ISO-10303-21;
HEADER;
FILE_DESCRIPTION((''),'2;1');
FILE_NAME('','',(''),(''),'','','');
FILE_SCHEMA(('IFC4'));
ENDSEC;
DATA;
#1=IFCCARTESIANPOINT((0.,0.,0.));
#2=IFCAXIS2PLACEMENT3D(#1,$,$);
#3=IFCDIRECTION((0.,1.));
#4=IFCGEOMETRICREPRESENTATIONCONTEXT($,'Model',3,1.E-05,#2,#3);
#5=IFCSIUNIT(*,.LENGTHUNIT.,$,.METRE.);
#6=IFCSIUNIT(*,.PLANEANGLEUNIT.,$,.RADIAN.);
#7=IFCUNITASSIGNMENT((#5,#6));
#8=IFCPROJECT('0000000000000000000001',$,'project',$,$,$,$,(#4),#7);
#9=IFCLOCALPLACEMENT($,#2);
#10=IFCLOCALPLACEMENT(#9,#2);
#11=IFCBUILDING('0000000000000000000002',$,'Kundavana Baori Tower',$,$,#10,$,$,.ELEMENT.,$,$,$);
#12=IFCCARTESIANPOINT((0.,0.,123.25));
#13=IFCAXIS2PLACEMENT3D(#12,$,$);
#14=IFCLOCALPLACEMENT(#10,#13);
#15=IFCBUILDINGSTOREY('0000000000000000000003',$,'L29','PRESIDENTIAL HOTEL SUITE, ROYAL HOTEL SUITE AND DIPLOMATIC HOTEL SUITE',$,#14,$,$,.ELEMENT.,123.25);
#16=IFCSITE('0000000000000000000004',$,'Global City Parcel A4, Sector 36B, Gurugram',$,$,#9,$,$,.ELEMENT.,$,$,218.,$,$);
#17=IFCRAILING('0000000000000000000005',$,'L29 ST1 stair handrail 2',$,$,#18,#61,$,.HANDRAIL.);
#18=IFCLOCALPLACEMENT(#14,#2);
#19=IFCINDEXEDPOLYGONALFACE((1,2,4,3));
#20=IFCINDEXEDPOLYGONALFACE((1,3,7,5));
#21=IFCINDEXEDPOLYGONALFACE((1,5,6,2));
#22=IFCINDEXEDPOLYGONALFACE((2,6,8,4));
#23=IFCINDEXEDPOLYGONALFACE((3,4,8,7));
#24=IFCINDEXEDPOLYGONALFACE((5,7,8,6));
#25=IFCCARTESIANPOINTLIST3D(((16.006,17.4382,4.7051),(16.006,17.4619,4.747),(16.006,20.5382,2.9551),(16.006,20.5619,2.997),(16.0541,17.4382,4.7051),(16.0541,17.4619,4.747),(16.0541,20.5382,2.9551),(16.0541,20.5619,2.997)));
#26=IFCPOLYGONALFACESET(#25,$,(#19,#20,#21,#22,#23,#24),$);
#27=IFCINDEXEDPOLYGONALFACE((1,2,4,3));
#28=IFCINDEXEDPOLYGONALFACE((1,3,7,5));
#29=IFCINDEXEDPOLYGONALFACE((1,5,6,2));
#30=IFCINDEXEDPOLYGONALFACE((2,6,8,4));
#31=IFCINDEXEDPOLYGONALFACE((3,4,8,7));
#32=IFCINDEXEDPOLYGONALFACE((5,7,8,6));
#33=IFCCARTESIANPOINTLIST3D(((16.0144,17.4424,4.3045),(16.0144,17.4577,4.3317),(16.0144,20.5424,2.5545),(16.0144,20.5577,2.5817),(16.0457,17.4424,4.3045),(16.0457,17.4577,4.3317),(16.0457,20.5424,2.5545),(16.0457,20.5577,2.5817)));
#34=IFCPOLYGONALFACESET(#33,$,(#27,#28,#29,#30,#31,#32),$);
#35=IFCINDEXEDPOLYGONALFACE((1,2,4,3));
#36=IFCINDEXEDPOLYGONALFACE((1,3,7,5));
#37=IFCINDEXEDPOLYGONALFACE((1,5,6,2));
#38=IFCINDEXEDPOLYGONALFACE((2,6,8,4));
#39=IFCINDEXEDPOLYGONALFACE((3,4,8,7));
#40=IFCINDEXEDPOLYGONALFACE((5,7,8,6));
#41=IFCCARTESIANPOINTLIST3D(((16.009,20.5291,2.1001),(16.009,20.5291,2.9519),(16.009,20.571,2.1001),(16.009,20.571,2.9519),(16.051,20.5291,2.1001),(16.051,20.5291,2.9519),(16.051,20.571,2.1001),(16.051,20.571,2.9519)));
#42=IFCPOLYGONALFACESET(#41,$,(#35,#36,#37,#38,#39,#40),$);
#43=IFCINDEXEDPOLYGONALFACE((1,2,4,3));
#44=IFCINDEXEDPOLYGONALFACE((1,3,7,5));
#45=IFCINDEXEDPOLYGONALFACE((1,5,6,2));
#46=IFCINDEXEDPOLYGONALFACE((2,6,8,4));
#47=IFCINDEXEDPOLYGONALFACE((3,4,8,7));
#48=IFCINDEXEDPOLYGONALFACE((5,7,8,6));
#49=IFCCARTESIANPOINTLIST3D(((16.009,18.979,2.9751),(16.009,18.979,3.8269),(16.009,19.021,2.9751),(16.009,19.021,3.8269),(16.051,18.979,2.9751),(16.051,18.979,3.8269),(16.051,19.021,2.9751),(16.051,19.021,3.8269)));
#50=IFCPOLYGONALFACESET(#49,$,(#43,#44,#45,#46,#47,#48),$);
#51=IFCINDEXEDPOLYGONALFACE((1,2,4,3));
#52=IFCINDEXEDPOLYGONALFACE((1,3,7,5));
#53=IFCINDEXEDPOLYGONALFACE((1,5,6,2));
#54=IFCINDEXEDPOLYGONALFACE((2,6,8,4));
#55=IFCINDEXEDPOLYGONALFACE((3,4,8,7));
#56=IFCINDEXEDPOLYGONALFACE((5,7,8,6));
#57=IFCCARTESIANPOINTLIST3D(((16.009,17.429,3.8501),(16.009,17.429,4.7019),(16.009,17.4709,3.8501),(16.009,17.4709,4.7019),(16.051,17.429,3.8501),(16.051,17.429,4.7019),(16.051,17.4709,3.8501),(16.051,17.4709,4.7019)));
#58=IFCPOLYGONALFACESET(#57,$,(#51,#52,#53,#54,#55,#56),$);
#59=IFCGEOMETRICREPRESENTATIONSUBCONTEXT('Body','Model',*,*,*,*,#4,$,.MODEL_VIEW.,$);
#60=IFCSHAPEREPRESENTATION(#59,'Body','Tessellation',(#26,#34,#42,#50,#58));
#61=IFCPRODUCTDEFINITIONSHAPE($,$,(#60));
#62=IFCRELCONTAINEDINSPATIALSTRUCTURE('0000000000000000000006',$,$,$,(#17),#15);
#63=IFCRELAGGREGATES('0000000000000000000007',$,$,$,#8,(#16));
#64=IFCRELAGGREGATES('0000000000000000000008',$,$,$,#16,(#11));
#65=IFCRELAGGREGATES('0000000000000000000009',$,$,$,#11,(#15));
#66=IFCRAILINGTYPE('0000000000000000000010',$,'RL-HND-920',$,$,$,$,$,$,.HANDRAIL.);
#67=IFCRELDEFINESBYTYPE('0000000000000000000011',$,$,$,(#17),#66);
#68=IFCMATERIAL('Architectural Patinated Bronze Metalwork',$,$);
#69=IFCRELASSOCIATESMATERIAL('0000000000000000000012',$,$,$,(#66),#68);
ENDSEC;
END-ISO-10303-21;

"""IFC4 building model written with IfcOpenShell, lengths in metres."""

from ifc_helpers import new_model, si_unit, direction, frame, origin, origin_2d, place, context, subcontext, project, spatial, rectangle, extrude, material, type_object, element, save


model = new_model("IFC4")

# Units and contexts
model_context = context("Model", 3, precision=1e-05, world=origin(), true_north=direction((0.0, 1.0)))
body_context = subcontext(model_context, "Body", "Model", "MODEL_VIEW")
ifc_project = project(units=[si_unit("LENGTHUNIT", "METRE"), si_unit("PLANEANGLEUNIT", "RADIAN")], contexts=[model_context])

# Site, building, storey
site_placement = place(None, origin())
site = spatial("IfcSite", under=ifc_project, at=site_placement, Name="Global City Parcel A4, Sector 36B, Gurugram", CompositionType="ELEMENT", RefElevation=218.0)
building_placement = place(site_placement, origin())
building = spatial("IfcBuilding", under=site, at=building_placement, Name="Kundavana Baori Tower", CompositionType="ELEMENT")
storey_placement = place(building_placement, frame((0.0, 0.0, 123.25)))
storey = spatial("IfcBuildingStorey", under=building, at=storey_placement, Name="L29", Description="PRESIDENTIAL HOTEL SUITE, ROYAL HOTEL SUITE AND DIPLOMATIC HOTEL SUITE", CompositionType="ELEMENT", Elevation=123.25)

# Railing
ifc_material_1 = material(Name="Architectural Patinated Bronze Metalwork")
railing_type_1 = type_object("IfcRailingType", Name="RL-HND-920", PredefinedType="HANDRAIL", material=ifc_material_1)
railing_1_placement = place(storey_placement, frame((16.03, 20.55, 2.1001)))
element("IfcRailing", 1, at=railing_1_placement, inside=storey, type_object=railing_type_1, Name="L29 ST1 stair handrail 2", PredefinedType="HANDRAIL", context=body_context, shape_type="SweptSolid", body=[
    extrude(rectangle(XDim=0.0481, YDim=0.0481, at=origin_2d()), frame((0.0, 0.0, 0.876), z_axis=(0.0, -0.870831, 0.491583), x_axis=(1.0, 0.0, 0.0)), (0.0, 0.0, 1.0), 3.5598),
    extrude(rectangle(XDim=0.0312, YDim=0.0312, at=origin_2d()), frame((0.0, 0.0, 0.468), z_axis=(0.0, -0.870831, 0.491583), x_axis=(1.0, 0.0, 0.0)), (0.0, 0.0, 1.0), 3.5598),
    extrude(rectangle(XDim=0.042, YDim=0.042, at=origin_2d()), origin(), (0.0, 0.0, 1.0), 0.8518),
    extrude(rectangle(XDim=0.042, YDim=0.042, at=origin_2d()), frame((0.0, -1.55, 0.875)), (0.0, 0.0, 1.0), 0.8518),
    extrude(rectangle(XDim=0.042, YDim=0.042, at=origin_2d()), frame((0.0, -3.1001, 1.75)), (0.0, 0.0, 1.0), 0.8518),
])

save(model, "model.ifc")
